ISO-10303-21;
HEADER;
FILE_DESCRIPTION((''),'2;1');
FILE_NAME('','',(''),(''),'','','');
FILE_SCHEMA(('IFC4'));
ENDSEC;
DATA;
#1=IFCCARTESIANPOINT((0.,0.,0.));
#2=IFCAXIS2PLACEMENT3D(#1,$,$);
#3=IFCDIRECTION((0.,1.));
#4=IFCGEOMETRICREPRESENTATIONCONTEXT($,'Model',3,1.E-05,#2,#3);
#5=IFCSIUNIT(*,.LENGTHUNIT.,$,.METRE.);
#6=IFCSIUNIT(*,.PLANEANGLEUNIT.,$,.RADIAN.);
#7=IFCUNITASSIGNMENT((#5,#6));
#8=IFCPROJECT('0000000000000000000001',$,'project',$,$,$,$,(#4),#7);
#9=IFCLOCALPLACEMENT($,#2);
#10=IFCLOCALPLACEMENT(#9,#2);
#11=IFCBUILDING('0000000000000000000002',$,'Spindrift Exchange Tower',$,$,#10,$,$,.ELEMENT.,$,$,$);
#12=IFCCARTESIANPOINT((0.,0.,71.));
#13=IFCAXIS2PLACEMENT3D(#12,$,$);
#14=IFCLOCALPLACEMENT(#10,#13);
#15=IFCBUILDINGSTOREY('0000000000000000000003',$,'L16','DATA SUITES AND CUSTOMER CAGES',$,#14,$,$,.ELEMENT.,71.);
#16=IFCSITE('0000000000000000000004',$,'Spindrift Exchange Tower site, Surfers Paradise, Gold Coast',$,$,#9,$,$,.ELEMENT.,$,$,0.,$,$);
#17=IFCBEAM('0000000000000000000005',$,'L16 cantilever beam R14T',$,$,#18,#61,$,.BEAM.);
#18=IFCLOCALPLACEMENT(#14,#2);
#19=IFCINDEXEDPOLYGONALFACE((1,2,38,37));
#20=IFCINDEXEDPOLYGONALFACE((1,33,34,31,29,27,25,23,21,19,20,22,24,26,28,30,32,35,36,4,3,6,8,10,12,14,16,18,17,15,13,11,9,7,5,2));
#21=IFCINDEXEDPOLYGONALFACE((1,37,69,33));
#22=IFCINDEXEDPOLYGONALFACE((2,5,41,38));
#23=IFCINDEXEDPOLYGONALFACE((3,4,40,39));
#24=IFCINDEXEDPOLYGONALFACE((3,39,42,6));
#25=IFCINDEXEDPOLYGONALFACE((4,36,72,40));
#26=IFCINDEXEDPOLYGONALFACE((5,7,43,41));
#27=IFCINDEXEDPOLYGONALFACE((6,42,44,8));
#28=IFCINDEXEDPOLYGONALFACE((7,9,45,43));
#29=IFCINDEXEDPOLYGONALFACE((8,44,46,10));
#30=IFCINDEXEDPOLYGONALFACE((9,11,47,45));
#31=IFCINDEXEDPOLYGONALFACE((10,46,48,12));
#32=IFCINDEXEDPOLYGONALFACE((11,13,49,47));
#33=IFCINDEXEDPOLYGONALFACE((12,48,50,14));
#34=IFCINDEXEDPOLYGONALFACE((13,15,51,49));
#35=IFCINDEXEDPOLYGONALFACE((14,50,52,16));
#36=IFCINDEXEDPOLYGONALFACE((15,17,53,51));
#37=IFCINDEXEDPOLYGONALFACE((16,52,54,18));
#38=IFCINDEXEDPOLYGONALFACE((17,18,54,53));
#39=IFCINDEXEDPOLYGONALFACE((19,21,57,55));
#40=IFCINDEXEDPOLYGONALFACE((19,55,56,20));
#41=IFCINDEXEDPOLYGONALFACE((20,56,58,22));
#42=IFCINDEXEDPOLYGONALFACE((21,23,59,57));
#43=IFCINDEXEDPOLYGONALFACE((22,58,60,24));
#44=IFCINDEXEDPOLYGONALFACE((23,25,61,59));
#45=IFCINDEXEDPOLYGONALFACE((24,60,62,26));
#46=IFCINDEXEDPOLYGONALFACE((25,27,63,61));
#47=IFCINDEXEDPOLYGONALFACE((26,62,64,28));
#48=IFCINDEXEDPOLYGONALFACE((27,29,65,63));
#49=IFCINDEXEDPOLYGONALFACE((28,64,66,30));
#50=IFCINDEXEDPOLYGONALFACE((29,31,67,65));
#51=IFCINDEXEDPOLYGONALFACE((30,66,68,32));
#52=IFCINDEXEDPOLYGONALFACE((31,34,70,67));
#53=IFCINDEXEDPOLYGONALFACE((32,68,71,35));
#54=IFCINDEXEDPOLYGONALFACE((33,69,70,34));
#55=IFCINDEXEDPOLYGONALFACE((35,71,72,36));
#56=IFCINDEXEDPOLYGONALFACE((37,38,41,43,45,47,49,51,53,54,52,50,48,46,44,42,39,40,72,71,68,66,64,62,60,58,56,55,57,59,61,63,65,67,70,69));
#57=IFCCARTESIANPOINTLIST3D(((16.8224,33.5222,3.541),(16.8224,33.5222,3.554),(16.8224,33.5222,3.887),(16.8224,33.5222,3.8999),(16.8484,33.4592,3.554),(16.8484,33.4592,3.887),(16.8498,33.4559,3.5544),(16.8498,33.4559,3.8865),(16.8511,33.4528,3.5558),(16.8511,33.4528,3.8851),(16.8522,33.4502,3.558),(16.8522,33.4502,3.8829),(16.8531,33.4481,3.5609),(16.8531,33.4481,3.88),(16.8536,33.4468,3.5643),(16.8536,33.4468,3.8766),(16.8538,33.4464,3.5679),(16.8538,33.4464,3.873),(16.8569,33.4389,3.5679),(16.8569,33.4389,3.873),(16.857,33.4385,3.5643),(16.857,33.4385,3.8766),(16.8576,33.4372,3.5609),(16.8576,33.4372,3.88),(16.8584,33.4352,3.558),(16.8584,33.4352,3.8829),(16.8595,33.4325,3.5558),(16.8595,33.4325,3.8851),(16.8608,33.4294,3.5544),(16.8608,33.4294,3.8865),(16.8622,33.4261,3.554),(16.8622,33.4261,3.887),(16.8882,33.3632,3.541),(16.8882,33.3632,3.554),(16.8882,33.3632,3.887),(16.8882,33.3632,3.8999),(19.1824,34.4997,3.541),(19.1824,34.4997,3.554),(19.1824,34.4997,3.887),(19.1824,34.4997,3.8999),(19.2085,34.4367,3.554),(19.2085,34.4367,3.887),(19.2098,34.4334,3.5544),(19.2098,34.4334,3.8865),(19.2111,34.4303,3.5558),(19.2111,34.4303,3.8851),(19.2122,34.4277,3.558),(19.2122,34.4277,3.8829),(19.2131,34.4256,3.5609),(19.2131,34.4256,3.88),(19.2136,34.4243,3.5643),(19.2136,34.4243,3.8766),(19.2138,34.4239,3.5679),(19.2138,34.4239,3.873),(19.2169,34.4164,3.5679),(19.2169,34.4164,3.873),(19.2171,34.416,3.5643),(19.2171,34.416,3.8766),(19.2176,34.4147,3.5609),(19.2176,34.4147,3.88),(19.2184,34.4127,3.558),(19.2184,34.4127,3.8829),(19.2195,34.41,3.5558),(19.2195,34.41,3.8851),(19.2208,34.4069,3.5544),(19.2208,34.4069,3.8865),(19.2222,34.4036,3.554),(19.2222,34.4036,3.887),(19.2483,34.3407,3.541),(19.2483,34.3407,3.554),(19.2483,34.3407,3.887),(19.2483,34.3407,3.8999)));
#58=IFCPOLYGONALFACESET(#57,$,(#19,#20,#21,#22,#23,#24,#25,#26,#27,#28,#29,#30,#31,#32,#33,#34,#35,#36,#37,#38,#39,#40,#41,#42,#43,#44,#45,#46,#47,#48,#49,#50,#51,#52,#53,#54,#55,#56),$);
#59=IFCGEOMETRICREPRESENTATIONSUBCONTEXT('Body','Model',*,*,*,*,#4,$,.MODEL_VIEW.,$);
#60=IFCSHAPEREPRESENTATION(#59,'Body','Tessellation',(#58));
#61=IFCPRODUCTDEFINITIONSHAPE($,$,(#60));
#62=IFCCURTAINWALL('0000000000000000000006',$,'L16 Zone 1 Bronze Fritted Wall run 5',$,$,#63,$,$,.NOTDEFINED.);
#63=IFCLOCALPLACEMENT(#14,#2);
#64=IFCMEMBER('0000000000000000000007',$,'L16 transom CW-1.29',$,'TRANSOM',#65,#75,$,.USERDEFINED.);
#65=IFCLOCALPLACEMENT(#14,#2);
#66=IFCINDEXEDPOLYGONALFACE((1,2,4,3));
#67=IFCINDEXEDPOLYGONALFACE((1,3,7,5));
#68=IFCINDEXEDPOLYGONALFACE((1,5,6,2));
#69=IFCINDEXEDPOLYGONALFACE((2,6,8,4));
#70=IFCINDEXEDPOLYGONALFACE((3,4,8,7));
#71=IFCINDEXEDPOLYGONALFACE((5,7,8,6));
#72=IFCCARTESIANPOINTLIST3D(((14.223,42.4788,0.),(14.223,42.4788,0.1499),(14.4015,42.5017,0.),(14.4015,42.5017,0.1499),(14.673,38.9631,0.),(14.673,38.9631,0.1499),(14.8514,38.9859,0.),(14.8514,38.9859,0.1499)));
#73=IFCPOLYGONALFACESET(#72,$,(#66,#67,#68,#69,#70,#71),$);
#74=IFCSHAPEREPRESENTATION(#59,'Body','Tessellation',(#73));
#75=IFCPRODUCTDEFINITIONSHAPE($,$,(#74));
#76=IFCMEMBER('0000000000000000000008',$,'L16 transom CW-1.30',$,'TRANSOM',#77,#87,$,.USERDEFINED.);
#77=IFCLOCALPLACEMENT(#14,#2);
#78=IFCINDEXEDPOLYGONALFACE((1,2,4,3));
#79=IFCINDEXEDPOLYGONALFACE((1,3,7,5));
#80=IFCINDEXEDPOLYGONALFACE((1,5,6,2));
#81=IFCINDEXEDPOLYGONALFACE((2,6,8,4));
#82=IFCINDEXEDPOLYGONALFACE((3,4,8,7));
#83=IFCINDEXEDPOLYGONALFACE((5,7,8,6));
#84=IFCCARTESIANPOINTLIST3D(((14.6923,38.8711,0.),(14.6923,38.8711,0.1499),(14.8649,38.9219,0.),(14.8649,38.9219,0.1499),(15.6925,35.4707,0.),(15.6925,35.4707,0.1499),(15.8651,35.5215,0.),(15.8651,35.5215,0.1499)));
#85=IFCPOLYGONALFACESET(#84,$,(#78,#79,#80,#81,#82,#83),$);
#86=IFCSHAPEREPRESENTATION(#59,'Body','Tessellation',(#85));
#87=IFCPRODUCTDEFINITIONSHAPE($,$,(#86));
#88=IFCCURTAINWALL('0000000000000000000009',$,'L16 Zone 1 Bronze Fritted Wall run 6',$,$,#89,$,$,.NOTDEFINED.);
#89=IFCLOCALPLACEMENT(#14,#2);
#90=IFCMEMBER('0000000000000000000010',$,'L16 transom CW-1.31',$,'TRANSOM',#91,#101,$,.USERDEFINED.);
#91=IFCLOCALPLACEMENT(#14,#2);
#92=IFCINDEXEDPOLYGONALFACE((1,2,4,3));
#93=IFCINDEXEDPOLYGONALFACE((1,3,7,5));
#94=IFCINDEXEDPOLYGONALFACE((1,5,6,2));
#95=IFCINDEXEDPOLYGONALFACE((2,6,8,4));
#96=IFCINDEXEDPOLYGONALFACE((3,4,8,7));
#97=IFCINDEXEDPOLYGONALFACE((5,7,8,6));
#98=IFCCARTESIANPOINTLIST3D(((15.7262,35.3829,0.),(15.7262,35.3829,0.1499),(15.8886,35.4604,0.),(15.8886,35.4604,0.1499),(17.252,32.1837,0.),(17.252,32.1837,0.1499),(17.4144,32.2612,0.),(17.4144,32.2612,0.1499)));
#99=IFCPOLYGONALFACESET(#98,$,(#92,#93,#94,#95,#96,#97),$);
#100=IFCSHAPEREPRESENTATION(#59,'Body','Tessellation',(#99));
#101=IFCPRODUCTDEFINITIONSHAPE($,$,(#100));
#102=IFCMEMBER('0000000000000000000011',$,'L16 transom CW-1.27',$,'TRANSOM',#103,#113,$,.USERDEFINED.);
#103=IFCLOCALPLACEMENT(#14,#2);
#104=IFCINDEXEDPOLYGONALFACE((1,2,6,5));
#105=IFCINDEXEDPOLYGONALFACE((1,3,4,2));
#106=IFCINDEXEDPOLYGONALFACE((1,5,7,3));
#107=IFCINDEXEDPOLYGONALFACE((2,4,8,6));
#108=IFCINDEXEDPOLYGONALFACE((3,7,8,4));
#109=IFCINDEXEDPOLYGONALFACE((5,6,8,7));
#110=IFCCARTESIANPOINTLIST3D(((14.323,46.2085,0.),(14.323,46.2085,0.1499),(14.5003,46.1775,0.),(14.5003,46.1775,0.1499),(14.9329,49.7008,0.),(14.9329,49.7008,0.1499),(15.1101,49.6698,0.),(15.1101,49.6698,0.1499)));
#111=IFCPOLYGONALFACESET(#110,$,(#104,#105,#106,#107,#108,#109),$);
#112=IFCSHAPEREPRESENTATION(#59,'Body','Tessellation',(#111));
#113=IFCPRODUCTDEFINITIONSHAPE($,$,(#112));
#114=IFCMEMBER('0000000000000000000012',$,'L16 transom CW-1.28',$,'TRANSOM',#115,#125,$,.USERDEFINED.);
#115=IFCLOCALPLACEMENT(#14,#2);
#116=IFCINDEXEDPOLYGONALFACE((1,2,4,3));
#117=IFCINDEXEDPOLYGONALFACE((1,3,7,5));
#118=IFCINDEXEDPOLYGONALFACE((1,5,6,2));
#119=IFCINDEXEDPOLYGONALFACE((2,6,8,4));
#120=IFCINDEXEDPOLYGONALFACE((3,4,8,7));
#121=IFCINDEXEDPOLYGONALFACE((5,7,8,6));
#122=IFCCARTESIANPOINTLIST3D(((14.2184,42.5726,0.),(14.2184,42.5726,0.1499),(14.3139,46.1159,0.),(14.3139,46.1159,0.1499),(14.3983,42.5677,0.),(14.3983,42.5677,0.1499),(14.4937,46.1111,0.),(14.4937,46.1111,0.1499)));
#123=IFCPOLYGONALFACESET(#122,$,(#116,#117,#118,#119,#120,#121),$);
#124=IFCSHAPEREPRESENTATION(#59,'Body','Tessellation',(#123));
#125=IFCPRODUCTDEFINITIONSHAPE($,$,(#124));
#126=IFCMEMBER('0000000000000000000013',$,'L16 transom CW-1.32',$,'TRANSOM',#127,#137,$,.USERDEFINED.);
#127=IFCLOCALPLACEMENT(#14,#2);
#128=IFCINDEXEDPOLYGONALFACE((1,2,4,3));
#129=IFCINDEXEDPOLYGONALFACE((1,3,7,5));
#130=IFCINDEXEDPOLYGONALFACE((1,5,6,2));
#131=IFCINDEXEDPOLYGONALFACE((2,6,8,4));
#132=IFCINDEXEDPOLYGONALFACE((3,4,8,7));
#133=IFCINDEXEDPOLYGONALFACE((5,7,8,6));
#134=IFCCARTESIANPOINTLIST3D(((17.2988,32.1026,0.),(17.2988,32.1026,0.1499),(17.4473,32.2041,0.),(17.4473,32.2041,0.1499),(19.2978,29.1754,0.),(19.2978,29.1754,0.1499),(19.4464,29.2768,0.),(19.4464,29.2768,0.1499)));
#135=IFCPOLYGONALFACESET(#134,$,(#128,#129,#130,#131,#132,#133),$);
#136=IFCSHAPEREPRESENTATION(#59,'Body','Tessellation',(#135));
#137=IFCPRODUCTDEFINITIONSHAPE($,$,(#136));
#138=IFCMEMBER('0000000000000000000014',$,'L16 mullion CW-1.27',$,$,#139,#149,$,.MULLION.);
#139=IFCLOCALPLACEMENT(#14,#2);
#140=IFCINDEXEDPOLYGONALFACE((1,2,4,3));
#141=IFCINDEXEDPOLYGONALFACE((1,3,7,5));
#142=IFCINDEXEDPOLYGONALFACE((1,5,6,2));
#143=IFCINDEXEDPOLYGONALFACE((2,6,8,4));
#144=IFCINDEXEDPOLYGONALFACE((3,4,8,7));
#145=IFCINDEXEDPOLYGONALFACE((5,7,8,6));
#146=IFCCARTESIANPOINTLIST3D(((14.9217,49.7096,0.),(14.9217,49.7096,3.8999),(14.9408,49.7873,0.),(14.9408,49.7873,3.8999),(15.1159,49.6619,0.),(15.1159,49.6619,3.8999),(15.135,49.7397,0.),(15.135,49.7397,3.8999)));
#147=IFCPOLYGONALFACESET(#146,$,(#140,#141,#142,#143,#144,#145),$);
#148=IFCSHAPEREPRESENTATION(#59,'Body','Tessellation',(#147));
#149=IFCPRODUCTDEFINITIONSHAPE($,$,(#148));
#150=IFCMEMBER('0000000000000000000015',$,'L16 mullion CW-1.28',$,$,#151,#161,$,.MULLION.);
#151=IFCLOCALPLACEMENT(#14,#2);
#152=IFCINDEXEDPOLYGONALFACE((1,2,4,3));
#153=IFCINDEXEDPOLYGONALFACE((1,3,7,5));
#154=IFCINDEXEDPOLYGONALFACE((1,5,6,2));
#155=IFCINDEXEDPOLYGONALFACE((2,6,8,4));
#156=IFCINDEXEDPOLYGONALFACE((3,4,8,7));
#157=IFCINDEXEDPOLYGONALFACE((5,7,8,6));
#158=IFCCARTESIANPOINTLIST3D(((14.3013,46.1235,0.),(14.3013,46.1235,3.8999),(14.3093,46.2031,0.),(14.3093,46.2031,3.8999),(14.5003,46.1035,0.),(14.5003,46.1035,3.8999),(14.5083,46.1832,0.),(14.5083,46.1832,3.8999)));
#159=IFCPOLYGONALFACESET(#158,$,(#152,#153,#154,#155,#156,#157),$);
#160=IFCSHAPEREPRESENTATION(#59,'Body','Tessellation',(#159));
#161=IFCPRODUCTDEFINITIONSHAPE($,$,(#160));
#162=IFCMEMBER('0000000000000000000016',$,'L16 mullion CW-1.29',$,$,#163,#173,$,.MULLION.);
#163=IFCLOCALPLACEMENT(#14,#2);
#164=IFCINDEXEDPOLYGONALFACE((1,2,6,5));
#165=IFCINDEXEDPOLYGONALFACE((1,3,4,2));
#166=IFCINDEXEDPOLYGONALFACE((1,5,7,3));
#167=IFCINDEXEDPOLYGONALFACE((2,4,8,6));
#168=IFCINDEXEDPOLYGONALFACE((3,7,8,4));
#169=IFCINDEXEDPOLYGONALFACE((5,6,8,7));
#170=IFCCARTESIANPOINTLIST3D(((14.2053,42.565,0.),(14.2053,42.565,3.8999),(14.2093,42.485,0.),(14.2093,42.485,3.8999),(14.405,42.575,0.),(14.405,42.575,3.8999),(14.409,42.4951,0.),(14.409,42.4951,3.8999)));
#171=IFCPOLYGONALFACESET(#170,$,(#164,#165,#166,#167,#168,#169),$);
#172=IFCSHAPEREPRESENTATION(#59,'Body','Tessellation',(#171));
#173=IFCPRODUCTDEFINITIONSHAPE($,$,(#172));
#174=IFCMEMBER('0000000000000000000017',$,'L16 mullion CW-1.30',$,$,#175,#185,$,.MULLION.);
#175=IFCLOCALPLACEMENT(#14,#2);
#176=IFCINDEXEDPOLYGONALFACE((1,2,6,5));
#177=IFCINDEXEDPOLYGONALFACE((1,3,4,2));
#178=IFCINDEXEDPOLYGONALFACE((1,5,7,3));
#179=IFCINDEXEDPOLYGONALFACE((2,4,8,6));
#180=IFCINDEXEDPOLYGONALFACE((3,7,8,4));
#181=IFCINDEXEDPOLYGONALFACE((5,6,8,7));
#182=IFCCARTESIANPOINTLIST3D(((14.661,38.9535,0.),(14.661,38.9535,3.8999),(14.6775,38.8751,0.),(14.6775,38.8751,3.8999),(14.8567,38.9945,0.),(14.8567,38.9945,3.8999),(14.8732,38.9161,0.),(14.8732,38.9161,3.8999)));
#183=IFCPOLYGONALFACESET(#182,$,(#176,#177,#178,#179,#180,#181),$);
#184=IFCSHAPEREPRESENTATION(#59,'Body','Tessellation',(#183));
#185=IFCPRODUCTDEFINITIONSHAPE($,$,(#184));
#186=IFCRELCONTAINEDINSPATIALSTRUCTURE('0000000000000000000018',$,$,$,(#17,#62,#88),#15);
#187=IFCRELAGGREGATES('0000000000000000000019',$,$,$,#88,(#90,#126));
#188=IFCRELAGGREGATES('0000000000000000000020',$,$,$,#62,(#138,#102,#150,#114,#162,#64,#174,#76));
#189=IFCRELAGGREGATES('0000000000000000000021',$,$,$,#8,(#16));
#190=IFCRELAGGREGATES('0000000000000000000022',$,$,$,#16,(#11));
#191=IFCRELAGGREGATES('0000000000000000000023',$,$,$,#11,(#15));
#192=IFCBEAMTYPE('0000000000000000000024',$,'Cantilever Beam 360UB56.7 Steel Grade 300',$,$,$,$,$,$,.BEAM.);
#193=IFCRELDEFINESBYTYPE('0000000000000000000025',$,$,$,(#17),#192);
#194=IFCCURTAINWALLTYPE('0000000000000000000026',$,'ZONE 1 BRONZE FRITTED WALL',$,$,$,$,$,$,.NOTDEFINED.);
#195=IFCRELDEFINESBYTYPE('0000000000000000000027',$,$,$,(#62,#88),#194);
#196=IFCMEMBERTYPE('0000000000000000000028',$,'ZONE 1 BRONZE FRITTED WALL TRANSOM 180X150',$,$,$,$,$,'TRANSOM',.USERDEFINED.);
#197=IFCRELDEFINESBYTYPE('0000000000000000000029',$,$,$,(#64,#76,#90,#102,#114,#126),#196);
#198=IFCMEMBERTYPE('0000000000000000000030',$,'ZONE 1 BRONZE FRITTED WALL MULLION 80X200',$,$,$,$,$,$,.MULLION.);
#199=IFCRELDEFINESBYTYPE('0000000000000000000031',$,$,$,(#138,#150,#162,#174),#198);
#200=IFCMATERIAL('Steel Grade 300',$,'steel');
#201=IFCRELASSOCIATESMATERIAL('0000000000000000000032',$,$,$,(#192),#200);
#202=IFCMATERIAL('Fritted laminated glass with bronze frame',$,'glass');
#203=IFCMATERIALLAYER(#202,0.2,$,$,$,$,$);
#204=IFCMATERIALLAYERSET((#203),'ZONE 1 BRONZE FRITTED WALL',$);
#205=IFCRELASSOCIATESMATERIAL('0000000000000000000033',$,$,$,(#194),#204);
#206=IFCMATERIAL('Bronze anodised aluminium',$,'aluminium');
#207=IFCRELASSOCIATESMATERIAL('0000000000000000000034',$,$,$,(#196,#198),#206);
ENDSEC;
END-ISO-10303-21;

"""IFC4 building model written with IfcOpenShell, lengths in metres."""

from ifc_helpers import new_model, si_unit, direction, frame, origin, origin_2d, place, context, subcontext, project, spatial, rectangle, i_section, extrude, source, transform, mapped, material, layer, layer_set, material_profile, profile_set, type_object, element, aggregate, save


model = new_model("IFC4")

# Units and contexts
model_context = context("Model", 3, precision=1e-05, world=origin(), true_north=direction((0.0, 1.0)))
body_context = subcontext(model_context, "Body", "Model", "MODEL_VIEW")
ifc_project = project(units=[si_unit("LENGTHUNIT", "METRE"), si_unit("PLANEANGLEUNIT", "RADIAN")], contexts=[model_context])

# Site, building, storey
site_placement = place(None, origin())
site = spatial("IfcSite", under=ifc_project, at=site_placement, Name="Spindrift Exchange Tower site, Surfers Paradise, Gold Coast", CompositionType="ELEMENT", RefElevation=0.0)
building_placement = place(site_placement, origin())
building = spatial("IfcBuilding", under=site, at=building_placement, Name="Spindrift Exchange Tower", CompositionType="ELEMENT")
storey_placement = place(building_placement, frame((0.0, 0.0, 71.0)))
storey = spatial("IfcBuildingStorey", under=building, at=storey_placement, Name="L16", Description="DATA SUITES AND CUSTOMER CAGES", CompositionType="ELEMENT", Elevation=71.0)

# Beam
ifc_material_1 = material(Name="Steel Grade 300", Category="steel")
ifc_material_profile_1 = material_profile(ifc_material_1, i_section(OverallWidth=0.1721, OverallDepth=0.3589, WebThickness=0.0081, FlangeThickness=0.0129, FilletRadius=0.0139, at=origin_2d()), Name="360UB56.7")
ifc_profile_set_1 = profile_set([ifc_material_profile_1], Name="Steel Grade 300")
beam_type_1 = type_object("IfcBeamType", Name="Cantilever Beam 360UB56.7 Steel Grade 300", PredefinedType="BEAM", material=ifc_profile_set_1)
shared_shape_1 = source(origin(), body_context, "Body", "SweptSolid", [
    extrude(i_section(OverallWidth=0.1721, OverallDepth=0.3589, WebThickness=0.0081, FlangeThickness=0.0129, FilletRadius=0.0139, at=origin_2d()), origin(), (0.0, 0.0, 1.0), 2.5544),
])
beam_1_placement = place(storey_placement, frame((19.2153, 34.4202, 3.7205), z_axis=(-0.923886, -0.382667, 0.0), x_axis=(0.382667, -0.923886, 0.0)))
element("IfcBeam", 1, at=beam_1_placement, inside=storey, type_object=beam_type_1, Name="L16 cantilever beam R14T", PredefinedType="BEAM", context=body_context, shape_type="MappedRepresentation", body=[
    mapped(shared_shape_1, transform((0.0, 0.0, 0.0), scale=1.0)),
])

# Curtain wall, members
ifc_material_2 = material(Name="Fritted laminated glass with bronze frame", Category="glass")
ifc_layer_1 = layer(ifc_material_2, 0.2)
ifc_layer_set_1 = layer_set([ifc_layer_1], Name="ZONE 1 BRONZE FRITTED WALL")
curtain_wall_type = type_object("IfcCurtainWallType", Name="ZONE 1 BRONZE FRITTED WALL", PredefinedType="NOTDEFINED", material=ifc_layer_set_1)
curtain_wall_1_placement = place(storey_placement, origin())
curtain_wall_1 = element("IfcCurtainWall", 2, at=curtain_wall_1_placement, inside=storey, type_object=curtain_wall_type, Name="L16 Zone 1 Bronze Fritted Wall run 5", PredefinedType="NOTDEFINED")
ifc_material_3 = material(Name="Bronze anodised aluminium", Category="aluminium")
ifc_material_profile_2 = material_profile(ifc_material_3, rectangle(XDim=0.1799, YDim=0.1499, at=origin_2d()), Name="ZONE 1 BRONZE FRITTED WALL TRANSOM 180X150")
ifc_profile_set_2 = profile_set([ifc_material_profile_2], Name="Bronze anodised aluminium")
member_type_1 = type_object("IfcMemberType", Name="ZONE 1 BRONZE FRITTED WALL TRANSOM 180X150", ElementType="TRANSOM", PredefinedType="USERDEFINED", material=ifc_profile_set_2)
shared_shape_2 = source(origin(), body_context, "Body", "SweptSolid", [
    extrude(rectangle(XDim=0.1799, YDim=0.1499, at=origin_2d()), origin(), (0.0, 0.0, 1.0), 3.5444),
])
member_1_placement = place(storey_placement, frame((14.3123, 42.4902, 0.075), z_axis=(0.126942, -0.99191, 0.0), x_axis=(0.99191, 0.126942, 0.0)))
member_1 = element("IfcMember", 3, at=member_1_placement, type_object=member_type_1, Name="L16 transom CW-1.29", ObjectType="TRANSOM", PredefinedType="USERDEFINED", context=body_context, shape_type="MappedRepresentation", body=[
    mapped(shared_shape_2, transform((0.0, 0.0, 0.0), scale=1.0)),
])
member_2_placement = place(storey_placement, frame((14.7786, 38.8965, 0.075), z_axis=(0.2822, -0.959356, 0.0), x_axis=(0.959356, 0.2822, 0.0)))
member_2 = element("IfcMember", 4, at=member_2_placement, type_object=member_type_1, Name="L16 transom CW-1.30", ObjectType="TRANSOM", PredefinedType="USERDEFINED", context=body_context, shape_type="MappedRepresentation", body=[
    mapped(shared_shape_2, transform((0.0, 0.0, 0.0), scale=1.0)),
])

# Curtain wall, member
curtain_wall_2_placement = place(storey_placement, origin())
curtain_wall_2 = element("IfcCurtainWall", 5, at=curtain_wall_2_placement, inside=storey, type_object=curtain_wall_type, Name="L16 Zone 1 Bronze Fritted Wall run 6", PredefinedType="NOTDEFINED")
member_3_placement = place(storey_placement, frame((15.8074, 35.4216, 0.075), z_axis=(0.430495, -0.902593, 0.0), x_axis=(0.902593, 0.430495, 0.0)))
member_3 = element("IfcMember", 6, at=member_3_placement, type_object=member_type_1, Name="L16 transom CW-1.31", ObjectType="TRANSOM", PredefinedType="USERDEFINED", context=body_context, shape_type="MappedRepresentation", body=[
    mapped(shared_shape_2, transform((0.0, 0.0, 0.0), scale=1.0)),
])

# Members
shared_shape_3 = source(origin(), body_context, "Body", "SweptSolid", [
    extrude(rectangle(XDim=0.1799, YDim=0.1499, at=origin_2d()), origin(), (0.0, 0.0, 1.0), 3.5452),
])
member_4_placement = place(storey_placement, frame((15.0215, 49.6853, 0.075), z_axis=(-0.172021, -0.985093, 0.0), x_axis=(0.985093, -0.172021, 0.0)))
member_4 = element("IfcMember", 7, at=member_4_placement, type_object=member_type_1, Name="L16 transom CW-1.27", ObjectType="TRANSOM", PredefinedType="USERDEFINED", context=body_context, shape_type="MappedRepresentation", body=[
    mapped(shared_shape_3, transform((0.0, 0.0, 0.0), scale=1.0)),
])
shared_shape_4 = source(origin(), body_context, "Body", "SweptSolid", [
    extrude(rectangle(XDim=0.1799, YDim=0.1499, at=origin_2d()), origin(), (0.0, 0.0, 1.0), 3.5447),
])
member_5_placement = place(storey_placement, frame((14.4038, 46.1135, 0.075), z_axis=(-0.02693, -0.999637, 0.0), x_axis=(0.999637, -0.02693, 0.0)))
member_5 = element("IfcMember", 8, at=member_5_placement, type_object=member_type_1, Name="L16 transom CW-1.28", ObjectType="TRANSOM", PredefinedType="USERDEFINED", context=body_context, shape_type="MappedRepresentation", body=[
    mapped(shared_shape_4, transform((0.0, 0.0, 0.0), scale=1.0)),
])
member_6_placement = place(storey_placement, frame((17.373, 32.1533, 0.075), z_axis=(0.563948, -0.82581, 0.0), x_axis=(0.82581, 0.563948, 0.0)))
member_6 = element("IfcMember", 9, at=member_6_placement, type_object=member_type_1, Name="L16 transom CW-1.32", ObjectType="TRANSOM", PredefinedType="USERDEFINED", context=body_context, shape_type="MappedRepresentation", body=[
    mapped(shared_shape_4, transform((0.0, 0.0, 0.0), scale=1.0)),
])
ifc_material_profile_3 = material_profile(ifc_material_3, rectangle(XDim=0.0801, YDim=0.2, at=origin_2d()), Name="ZONE 1 BRONZE FRITTED WALL MULLION 80X200")
ifc_profile_set_3 = profile_set([ifc_material_profile_3], Name="Bronze anodised aluminium")
member_type_2 = type_object("IfcMemberType", Name="ZONE 1 BRONZE FRITTED WALL MULLION 80X200", PredefinedType="MULLION", material=ifc_profile_set_3)
shared_shape_5 = source(origin(), body_context, "Body", "SweptSolid", [
    extrude(rectangle(XDim=0.0801, YDim=0.2, at=origin_2d()), origin(), (0.0, 0.0, 1.0), 3.8999),
])
member_7_placement = place(storey_placement, frame((15.0283, 49.7246, 0.0), z_axis=(0.0, 0.0, 1.0), x_axis=(-0.23835, -0.971179, 0.0)))
member_7 = element("IfcMember", 10, at=member_7_placement, type_object=member_type_2, Name="L16 mullion CW-1.27", PredefinedType="MULLION", context=body_context, shape_type="MappedRepresentation", body=[
    mapped(shared_shape_5, transform((0.0, 0.0, 0.0), scale=1.0)),
])
member_8_placement = place(storey_placement, frame((14.4048, 46.1533, 0.0), z_axis=(0.0, 0.0, 1.0), x_axis=(-0.099737, -0.995014, 0.0)))
member_8 = element("IfcMember", 11, at=member_8_placement, type_object=member_type_2, Name="L16 mullion CW-1.28", PredefinedType="MULLION", context=body_context, shape_type="MappedRepresentation", body=[
    mapped(shared_shape_5, transform((0.0, 0.0, 0.0), scale=1.0)),
])
member_9_placement = place(storey_placement, frame((14.3071, 42.53, 0.0), z_axis=(0.0, 0.0, 1.0), x_axis=(0.050143, -0.998742, 0.0)))
member_9 = element("IfcMember", 12, at=member_9_placement, type_object=member_type_2, Name="L16 mullion CW-1.29", PredefinedType="MULLION", context=body_context, shape_type="MappedRepresentation", body=[
    mapped(shared_shape_5, transform((0.0, 0.0, 0.0), scale=1.0)),
])
member_10_placement = place(storey_placement, frame((14.7671, 38.9348, 0.0), z_axis=(0.0, 0.0, 1.0), x_axis=(0.205232, -0.978713, 0.0)))
member_10 = element("IfcMember", 13, at=member_10_placement, type_object=member_type_2, Name="L16 mullion CW-1.30", PredefinedType="MULLION", context=body_context, shape_type="MappedRepresentation", body=[
    mapped(shared_shape_5, transform((0.0, 0.0, 0.0), scale=1.0)),
])

aggregate(curtain_wall_2, [member_3, member_6])
aggregate(curtain_wall_1, [member_7, member_4, member_8, member_5, member_9, member_1, member_10, member_2])

save(model, "model.ifc")
